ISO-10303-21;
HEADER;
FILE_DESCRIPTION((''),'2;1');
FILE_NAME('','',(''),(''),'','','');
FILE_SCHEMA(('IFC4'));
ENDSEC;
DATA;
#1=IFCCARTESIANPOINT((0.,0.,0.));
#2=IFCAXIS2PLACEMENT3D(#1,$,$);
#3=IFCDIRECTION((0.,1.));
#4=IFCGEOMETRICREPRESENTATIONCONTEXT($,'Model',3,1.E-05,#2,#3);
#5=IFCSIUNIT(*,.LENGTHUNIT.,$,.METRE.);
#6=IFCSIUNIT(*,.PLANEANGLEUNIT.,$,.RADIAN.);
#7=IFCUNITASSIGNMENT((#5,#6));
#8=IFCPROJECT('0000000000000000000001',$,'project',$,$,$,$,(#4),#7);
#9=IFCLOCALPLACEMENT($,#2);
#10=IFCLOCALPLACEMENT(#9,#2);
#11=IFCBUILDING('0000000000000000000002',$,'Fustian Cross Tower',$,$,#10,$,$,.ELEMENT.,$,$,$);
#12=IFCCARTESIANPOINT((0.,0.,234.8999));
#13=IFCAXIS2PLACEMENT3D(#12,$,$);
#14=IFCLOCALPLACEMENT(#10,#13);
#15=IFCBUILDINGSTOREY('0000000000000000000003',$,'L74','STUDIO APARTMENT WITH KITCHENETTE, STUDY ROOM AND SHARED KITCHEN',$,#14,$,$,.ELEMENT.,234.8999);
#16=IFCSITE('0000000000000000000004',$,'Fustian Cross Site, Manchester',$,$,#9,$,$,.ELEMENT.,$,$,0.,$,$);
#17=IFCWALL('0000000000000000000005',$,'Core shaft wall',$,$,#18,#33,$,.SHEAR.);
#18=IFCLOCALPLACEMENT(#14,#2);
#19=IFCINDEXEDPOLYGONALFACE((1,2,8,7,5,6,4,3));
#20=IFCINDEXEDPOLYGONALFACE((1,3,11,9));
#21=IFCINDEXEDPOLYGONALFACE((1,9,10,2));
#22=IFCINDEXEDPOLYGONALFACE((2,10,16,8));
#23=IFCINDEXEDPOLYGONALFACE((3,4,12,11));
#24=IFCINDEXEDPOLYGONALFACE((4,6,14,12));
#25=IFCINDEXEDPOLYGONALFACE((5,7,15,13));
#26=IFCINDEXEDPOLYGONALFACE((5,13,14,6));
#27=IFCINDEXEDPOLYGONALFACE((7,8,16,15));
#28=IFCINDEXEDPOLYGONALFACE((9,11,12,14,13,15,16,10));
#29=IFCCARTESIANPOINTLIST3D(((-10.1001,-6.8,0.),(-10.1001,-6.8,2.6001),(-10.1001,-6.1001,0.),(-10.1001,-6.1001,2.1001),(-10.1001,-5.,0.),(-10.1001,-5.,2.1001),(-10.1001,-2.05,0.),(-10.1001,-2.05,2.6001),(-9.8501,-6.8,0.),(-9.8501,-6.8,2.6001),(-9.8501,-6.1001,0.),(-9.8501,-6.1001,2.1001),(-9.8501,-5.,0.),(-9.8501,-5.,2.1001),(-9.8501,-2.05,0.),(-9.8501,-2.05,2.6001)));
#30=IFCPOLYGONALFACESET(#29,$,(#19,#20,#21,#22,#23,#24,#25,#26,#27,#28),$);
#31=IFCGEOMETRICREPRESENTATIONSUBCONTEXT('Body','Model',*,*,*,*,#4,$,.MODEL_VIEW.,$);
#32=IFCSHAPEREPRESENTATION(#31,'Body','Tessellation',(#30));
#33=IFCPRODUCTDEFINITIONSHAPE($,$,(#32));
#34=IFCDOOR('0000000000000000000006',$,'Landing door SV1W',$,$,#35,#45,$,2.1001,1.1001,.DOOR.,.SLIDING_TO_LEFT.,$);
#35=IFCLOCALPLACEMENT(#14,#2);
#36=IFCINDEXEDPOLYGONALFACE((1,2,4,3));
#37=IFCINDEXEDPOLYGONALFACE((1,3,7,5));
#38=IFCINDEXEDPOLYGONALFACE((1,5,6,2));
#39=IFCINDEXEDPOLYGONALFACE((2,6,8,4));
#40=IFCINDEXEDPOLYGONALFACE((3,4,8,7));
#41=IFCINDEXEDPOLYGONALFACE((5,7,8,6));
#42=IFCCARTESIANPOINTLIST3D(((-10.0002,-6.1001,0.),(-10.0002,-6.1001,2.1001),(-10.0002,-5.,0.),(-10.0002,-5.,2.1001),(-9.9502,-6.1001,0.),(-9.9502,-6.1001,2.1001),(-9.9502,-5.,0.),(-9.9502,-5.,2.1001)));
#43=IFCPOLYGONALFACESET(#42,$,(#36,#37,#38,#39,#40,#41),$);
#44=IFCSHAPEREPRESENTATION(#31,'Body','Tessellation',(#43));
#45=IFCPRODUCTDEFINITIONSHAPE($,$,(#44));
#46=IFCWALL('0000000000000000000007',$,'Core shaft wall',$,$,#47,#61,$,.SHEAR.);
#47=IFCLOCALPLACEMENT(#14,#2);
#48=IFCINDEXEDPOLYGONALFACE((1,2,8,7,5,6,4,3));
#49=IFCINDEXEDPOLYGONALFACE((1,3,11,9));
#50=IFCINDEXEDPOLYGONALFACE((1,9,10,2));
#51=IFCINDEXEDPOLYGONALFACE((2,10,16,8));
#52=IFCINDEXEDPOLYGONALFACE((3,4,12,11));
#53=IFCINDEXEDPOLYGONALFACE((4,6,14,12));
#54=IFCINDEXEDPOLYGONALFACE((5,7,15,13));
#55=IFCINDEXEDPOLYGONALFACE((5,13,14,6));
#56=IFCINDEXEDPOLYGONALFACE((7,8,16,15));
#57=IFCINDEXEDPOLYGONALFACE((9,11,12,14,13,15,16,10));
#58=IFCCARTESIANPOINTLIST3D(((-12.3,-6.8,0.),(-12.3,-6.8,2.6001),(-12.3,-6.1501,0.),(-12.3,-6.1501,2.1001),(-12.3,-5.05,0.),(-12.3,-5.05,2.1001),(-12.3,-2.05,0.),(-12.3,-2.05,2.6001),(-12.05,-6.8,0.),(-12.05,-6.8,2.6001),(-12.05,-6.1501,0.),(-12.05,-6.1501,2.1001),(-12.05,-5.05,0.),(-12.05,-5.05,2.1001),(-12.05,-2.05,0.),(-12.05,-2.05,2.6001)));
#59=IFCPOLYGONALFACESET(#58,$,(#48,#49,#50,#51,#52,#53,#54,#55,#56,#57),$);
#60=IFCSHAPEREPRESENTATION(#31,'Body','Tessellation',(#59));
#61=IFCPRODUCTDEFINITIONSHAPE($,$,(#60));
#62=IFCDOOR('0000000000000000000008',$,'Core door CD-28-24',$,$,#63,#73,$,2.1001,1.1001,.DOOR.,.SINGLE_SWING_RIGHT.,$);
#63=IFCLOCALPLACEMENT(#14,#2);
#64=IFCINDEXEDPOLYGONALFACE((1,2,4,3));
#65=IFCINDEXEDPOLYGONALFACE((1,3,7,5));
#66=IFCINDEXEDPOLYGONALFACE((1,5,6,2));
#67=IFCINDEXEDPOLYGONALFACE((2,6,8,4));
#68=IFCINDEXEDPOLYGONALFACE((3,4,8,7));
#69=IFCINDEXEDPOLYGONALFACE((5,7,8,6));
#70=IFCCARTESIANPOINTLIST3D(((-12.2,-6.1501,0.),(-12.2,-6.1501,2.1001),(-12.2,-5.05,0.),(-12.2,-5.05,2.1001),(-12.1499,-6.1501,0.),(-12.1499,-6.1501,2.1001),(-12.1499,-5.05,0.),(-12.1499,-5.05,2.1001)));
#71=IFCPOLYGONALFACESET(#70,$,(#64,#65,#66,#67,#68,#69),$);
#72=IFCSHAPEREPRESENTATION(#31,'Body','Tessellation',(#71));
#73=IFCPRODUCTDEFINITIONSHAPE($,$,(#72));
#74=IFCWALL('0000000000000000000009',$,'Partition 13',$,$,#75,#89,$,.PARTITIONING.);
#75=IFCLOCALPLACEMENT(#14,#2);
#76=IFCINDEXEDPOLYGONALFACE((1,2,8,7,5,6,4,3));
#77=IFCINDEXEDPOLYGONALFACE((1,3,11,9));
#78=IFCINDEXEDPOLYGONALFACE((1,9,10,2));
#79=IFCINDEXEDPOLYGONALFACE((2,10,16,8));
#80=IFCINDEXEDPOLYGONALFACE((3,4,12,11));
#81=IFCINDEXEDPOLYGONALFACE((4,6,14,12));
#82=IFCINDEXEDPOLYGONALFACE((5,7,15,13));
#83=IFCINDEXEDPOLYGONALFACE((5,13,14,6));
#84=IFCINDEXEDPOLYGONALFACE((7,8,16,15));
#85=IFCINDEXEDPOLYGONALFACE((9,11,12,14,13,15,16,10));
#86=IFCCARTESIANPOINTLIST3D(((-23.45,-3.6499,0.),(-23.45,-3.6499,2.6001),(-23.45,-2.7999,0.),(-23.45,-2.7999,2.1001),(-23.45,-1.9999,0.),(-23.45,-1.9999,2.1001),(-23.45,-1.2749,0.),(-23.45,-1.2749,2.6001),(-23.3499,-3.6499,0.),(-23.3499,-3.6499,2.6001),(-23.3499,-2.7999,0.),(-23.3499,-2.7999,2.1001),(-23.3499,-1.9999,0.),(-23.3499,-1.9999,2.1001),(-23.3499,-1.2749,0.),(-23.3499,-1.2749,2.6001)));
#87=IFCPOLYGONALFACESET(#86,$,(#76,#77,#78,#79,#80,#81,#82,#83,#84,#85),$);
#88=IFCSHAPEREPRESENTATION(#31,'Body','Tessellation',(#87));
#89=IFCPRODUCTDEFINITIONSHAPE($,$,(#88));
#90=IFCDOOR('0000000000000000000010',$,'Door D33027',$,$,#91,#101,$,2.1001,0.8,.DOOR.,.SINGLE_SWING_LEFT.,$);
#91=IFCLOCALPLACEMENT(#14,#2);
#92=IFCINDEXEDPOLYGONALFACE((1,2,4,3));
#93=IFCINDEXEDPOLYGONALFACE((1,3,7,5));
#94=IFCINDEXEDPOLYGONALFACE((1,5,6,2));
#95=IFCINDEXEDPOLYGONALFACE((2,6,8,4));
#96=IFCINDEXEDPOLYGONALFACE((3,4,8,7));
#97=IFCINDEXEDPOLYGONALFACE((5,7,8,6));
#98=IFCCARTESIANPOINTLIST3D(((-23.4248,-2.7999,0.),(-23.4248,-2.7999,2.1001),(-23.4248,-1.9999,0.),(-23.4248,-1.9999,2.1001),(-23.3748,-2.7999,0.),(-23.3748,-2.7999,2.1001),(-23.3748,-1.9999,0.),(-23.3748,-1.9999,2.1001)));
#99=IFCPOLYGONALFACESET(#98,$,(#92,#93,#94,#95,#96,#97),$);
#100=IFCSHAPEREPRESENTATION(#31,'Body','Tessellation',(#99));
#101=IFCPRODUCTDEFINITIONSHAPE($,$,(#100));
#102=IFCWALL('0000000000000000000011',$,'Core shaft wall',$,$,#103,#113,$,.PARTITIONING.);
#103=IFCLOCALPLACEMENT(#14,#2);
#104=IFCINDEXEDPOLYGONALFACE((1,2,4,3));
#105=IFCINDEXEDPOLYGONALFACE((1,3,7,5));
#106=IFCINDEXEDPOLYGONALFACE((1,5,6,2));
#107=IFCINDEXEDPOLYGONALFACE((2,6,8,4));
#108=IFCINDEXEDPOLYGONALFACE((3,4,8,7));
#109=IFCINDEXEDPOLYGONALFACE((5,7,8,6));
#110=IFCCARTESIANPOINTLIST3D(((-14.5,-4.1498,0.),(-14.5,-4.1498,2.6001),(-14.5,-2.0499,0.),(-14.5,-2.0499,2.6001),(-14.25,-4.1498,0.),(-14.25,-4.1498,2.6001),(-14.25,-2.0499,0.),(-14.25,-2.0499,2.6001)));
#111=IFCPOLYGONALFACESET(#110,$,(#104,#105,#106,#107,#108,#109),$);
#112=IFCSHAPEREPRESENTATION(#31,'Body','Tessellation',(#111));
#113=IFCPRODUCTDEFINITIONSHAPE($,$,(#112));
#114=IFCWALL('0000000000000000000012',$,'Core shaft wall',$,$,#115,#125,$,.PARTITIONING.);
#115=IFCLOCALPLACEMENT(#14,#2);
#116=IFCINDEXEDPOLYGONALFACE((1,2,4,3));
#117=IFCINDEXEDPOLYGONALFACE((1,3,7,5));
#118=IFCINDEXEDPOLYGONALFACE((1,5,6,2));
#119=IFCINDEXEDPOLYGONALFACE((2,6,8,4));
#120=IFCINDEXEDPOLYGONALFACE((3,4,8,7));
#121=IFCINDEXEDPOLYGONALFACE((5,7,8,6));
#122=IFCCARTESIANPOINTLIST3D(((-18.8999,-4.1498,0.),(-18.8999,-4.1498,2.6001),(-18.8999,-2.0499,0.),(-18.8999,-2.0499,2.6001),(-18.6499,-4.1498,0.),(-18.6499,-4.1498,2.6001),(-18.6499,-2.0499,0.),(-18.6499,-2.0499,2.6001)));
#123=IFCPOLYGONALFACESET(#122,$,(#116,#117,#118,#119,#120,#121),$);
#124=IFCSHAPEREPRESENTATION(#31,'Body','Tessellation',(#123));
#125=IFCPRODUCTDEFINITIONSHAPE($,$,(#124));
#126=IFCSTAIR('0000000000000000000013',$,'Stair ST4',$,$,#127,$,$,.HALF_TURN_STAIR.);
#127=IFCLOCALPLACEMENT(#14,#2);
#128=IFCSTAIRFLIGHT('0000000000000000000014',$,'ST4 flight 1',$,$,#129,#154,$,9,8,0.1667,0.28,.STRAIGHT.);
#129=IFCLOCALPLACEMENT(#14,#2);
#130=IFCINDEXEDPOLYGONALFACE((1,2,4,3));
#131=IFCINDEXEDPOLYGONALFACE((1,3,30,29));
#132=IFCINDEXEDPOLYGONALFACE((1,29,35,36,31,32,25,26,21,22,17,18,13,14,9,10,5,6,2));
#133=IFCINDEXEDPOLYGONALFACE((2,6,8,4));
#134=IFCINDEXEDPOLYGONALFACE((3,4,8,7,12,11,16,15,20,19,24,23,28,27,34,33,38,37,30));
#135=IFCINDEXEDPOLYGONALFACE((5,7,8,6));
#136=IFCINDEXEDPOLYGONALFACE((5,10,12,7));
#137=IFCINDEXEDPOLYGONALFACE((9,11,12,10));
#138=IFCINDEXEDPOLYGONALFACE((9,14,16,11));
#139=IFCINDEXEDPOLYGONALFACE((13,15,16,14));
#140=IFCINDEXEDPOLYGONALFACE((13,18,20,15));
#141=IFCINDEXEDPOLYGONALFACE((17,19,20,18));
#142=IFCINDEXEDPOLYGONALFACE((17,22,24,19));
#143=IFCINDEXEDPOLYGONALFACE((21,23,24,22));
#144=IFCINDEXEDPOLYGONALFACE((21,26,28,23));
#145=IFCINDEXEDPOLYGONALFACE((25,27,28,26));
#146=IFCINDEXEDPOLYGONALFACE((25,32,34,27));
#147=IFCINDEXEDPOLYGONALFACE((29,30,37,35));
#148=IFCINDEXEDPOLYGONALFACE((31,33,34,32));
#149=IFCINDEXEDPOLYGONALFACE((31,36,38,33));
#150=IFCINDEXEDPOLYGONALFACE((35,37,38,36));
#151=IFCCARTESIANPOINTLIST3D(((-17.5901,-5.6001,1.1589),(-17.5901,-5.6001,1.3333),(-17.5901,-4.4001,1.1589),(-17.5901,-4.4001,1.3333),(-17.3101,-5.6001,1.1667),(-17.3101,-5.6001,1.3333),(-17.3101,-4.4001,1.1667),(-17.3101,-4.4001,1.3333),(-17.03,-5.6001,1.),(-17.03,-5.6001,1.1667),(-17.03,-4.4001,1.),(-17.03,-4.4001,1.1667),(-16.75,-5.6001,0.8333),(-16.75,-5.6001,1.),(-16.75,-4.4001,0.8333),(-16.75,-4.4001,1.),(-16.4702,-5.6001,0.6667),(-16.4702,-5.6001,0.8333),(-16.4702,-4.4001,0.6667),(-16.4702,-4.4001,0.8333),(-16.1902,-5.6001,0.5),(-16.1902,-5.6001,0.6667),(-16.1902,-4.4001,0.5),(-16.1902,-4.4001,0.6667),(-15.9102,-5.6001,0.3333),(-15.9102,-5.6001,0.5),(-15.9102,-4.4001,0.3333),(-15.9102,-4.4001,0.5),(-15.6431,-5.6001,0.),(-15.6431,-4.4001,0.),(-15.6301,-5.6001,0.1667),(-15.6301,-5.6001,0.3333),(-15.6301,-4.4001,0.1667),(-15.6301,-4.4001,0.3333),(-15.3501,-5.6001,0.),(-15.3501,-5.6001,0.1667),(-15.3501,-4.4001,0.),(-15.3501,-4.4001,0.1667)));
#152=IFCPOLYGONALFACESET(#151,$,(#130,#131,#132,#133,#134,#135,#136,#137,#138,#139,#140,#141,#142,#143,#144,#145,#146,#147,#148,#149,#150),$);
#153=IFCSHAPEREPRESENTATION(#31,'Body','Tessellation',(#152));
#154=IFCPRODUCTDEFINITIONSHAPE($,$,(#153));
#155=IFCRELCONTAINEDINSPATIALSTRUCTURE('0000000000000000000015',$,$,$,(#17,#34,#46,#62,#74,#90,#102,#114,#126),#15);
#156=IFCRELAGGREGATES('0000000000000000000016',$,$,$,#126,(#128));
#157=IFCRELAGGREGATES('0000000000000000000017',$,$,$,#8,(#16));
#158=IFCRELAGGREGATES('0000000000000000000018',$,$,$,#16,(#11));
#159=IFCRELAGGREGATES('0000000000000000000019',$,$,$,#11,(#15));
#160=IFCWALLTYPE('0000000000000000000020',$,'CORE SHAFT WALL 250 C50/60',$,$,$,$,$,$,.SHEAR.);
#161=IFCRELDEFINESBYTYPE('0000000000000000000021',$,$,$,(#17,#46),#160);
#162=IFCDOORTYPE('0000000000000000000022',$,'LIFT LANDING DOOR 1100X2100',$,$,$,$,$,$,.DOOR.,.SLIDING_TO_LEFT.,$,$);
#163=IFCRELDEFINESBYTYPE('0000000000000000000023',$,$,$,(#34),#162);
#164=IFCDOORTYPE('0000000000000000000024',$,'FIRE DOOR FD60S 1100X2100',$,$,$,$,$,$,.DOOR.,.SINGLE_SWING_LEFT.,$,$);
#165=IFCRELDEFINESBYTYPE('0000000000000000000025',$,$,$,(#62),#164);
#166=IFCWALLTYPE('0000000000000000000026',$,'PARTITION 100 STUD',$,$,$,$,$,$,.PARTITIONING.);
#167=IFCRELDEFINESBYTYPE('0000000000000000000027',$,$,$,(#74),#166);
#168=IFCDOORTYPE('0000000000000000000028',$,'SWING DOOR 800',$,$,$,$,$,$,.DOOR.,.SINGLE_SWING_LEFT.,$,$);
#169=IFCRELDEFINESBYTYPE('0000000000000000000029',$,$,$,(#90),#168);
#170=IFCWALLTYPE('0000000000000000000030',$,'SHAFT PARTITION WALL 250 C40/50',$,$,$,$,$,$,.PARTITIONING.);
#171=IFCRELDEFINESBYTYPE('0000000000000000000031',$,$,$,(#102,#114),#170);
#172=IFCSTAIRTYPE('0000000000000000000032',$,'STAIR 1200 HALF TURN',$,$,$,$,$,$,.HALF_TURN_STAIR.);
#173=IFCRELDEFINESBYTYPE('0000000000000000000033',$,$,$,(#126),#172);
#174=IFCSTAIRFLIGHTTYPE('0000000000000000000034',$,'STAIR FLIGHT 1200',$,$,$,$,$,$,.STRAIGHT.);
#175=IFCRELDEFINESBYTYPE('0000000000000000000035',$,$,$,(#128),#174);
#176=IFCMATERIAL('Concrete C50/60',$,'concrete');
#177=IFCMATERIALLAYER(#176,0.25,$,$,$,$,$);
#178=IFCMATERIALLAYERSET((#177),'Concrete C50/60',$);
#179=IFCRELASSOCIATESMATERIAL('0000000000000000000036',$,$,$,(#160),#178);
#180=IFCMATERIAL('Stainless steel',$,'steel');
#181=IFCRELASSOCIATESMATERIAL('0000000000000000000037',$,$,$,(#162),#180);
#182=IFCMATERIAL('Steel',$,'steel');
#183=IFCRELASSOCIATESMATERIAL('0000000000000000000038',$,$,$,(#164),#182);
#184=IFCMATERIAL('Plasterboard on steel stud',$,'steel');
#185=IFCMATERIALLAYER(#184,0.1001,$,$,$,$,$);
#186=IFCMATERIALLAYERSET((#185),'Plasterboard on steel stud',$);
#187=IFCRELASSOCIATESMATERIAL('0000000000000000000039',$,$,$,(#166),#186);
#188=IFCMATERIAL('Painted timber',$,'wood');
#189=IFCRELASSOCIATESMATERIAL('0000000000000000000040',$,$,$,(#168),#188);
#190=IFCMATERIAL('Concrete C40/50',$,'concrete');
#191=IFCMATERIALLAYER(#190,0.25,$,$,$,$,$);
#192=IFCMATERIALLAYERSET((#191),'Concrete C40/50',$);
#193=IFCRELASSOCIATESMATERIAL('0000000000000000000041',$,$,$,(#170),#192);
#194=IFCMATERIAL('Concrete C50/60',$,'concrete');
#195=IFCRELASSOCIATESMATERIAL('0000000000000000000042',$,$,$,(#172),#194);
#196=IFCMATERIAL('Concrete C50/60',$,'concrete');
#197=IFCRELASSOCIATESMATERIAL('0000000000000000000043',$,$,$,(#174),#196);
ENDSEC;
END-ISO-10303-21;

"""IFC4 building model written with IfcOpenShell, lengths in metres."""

from ifc_helpers import new_model, si_unit, direction, frame, frame_2d, origin, place, context, subcontext, project, spatial, polyline, rectangle, outline, extrude, material, layer, layer_set, type_object, element, fill, aggregate, save


model = new_model("IFC4")

# Units and contexts
model_context = context("Model", 3, precision=1e-05, world=origin(), true_north=direction((0.0, 1.0)))
body_context = subcontext(model_context, "Body", "Model", "MODEL_VIEW")
ifc_project = project(units=[si_unit("LENGTHUNIT", "METRE"), si_unit("PLANEANGLEUNIT", "RADIAN")], contexts=[model_context])

# Site, building, storey
site_placement = place(None, origin())
site = spatial("IfcSite", under=ifc_project, at=site_placement, Name="Fustian Cross Site, Manchester", CompositionType="ELEMENT", RefElevation=0.0)
building_placement = place(site_placement, origin())
building = spatial("IfcBuilding", under=site, at=building_placement, Name="Fustian Cross Tower", CompositionType="ELEMENT")
storey_placement = place(building_placement, frame((0.0, 0.0, 234.8999)))
storey = spatial("IfcBuildingStorey", under=building, at=storey_placement, Name="L74", Description="STUDIO APARTMENT WITH KITCHENETTE, STUDY ROOM AND SHARED KITCHEN", CompositionType="ELEMENT", Elevation=234.8999)

# Shared definitions
ifc_material_1 = material(Name="Concrete C50/60", Category="concrete")
ifc_layer_1 = layer(ifc_material_1, 0.25)
ifc_layer_set_1 = layer_set([ifc_layer_1], Name="Concrete C50/60")
wall_type_1 = type_object("IfcWallType", Name="CORE SHAFT WALL 250 C50/60", PredefinedType="SHEAR", material=ifc_layer_set_1)

# Walls, openings, doors
wall_1_placement = place(storey_placement, frame((-9.9751, -2.05, 0.0), z_axis=(0.0, 0.0, 1.0), x_axis=(0.0, -1.0, 0.0)))
wall_1 = element("IfcWall", 1, at=wall_1_placement, inside=storey, type_object=wall_type_1, Name="Core shaft wall", PredefinedType="SHEAR", context=body_context, shape_type="SweptSolid", body=[
    extrude(rectangle(XDim=4.75, YDim=0.25, at=frame_2d((2.375, 0.0))), origin(), (0.0, 0.0, 1.0), 2.6001),
])
opening_1_placement = place(wall_1_placement, frame((2.95, 0.0, 0.0)))
opening_1 = element("IfcOpeningElement", 2, at=opening_1_placement, cuts=wall_1, PredefinedType="OPENING", context=body_context, shape_type="SweptSolid", body=[
    extrude(rectangle(XDim=1.1001, YDim=2.1001, at=frame_2d((0.55, 1.05))), frame((0.0, 0.135, 0.0), z_axis=(0.0, -1.0, 0.0), x_axis=(1.0, 0.0, 0.0)), (0.0, 0.0, 1.0), 0.27),
])
ifc_material_2 = material(Name="Stainless steel", Category="steel")
door_type_1 = type_object("IfcDoorType", Name="LIFT LANDING DOOR 1100X2100", OperationType="SLIDING_TO_LEFT", PredefinedType="DOOR", material=ifc_material_2)
door_1_placement = place(opening_1_placement, origin())
door_1 = element("IfcDoor", 3, at=door_1_placement, inside=storey, type_object=door_type_1, Name="Landing door SV1W", OperationType="SLIDING_TO_LEFT", OverallHeight=2.1001, OverallWidth=1.1001, PredefinedType="DOOR", context=body_context, shape_type="SweptSolid", body=[
    extrude(rectangle(XDim=1.1001, YDim=2.1001, at=frame_2d((0.55, 1.05))), frame((0.0, 0.0249, 0.0), z_axis=(0.0, -1.0, 0.0), x_axis=(1.0, 0.0, 0.0)), (0.0, 0.0, 1.0), 0.05),
])
fill(opening_1, door_1)
wall_2_placement = place(storey_placement, frame((-12.175, -2.05, 0.0), z_axis=(0.0, 0.0, 1.0), x_axis=(0.0, -1.0, 0.0)))
wall_2 = element("IfcWall", 4, at=wall_2_placement, inside=storey, type_object=wall_type_1, Name="Core shaft wall", PredefinedType="SHEAR", context=body_context, shape_type="SweptSolid", body=[
    extrude(rectangle(XDim=4.75, YDim=0.25, at=frame_2d((2.375, 0.0))), origin(), (0.0, 0.0, 1.0), 2.6001),
])
opening_2_placement = place(wall_2_placement, frame((3.0, 0.0, 0.0)))
opening_2 = element("IfcOpeningElement", 5, at=opening_2_placement, cuts=wall_2, PredefinedType="OPENING", context=body_context, shape_type="SweptSolid", body=[
    extrude(rectangle(XDim=1.1001, YDim=2.1001, at=frame_2d((0.55, 1.05))), frame((0.0, 0.135, 0.0), z_axis=(0.0, -1.0, 0.0), x_axis=(1.0, 0.0, 0.0)), (0.0, 0.0, 1.0), 0.27),
])
ifc_material_3 = material(Name="Steel", Category="steel")
door_type_2 = type_object("IfcDoorType", Name="FIRE DOOR FD60S 1100X2100", OperationType="SINGLE_SWING_LEFT", PredefinedType="DOOR", material=ifc_material_3)
door_2_placement = place(opening_2_placement, frame((1.1001, 0.0, 0.0), z_axis=(0.0, 0.0, 1.0), x_axis=(-1.0, 0.0, 0.0)))
door_2 = element("IfcDoor", 6, at=door_2_placement, inside=storey, type_object=door_type_2, Name="Core door CD-28-24", OperationType="SINGLE_SWING_RIGHT", OverallHeight=2.1001, OverallWidth=1.1001, PredefinedType="DOOR", context=body_context, shape_type="SweptSolid", body=[
    extrude(rectangle(XDim=1.1001, YDim=2.1001, at=frame_2d((0.55, 1.05))), frame((0.0, 0.0249, 0.0), z_axis=(0.0, -1.0, 0.0), x_axis=(1.0, 0.0, 0.0)), (0.0, 0.0, 1.0), 0.05),
])
fill(opening_2, door_2)
ifc_material_4 = material(Name="Plasterboard on steel stud", Category="steel")
ifc_layer_2 = layer(ifc_material_4, 0.1001)
ifc_layer_set_2 = layer_set([ifc_layer_2], Name="Plasterboard on steel stud")
wall_type_2 = type_object("IfcWallType", Name="PARTITION 100 STUD", PredefinedType="PARTITIONING", material=ifc_layer_set_2)
wall_3_placement = place(storey_placement, frame((-23.3999, -3.6499, 0.0), z_axis=(0.0, 0.0, 1.0), x_axis=(0.0, 1.0, 0.0)))
wall_3 = element("IfcWall", 7, at=wall_3_placement, inside=storey, type_object=wall_type_2, Name="Partition 13", PredefinedType="PARTITIONING", context=body_context, shape_type="SweptSolid", body=[
    extrude(rectangle(XDim=2.375, YDim=0.1001, at=frame_2d((1.1875, 0.0))), origin(), (0.0, 0.0, 1.0), 2.6001),
])
opening_3_placement = place(wall_3_placement, frame((0.8501, 0.0, 0.0)))
opening_3 = element("IfcOpeningElement", 8, at=opening_3_placement, cuts=wall_3, PredefinedType="OPENING", context=body_context, shape_type="SweptSolid", body=[
    extrude(rectangle(XDim=0.8, YDim=2.1001, at=frame_2d((0.3999, 1.05))), frame((0.0, 0.0601, 0.0), z_axis=(0.0, -1.0, 0.0), x_axis=(1.0, 0.0, 0.0)), (0.0, 0.0, 1.0), 0.1201),
])
ifc_material_5 = material(Name="Painted timber", Category="wood")
door_type_3 = type_object("IfcDoorType", Name="SWING DOOR 800", OperationType="SINGLE_SWING_LEFT", PredefinedType="DOOR", material=ifc_material_5)
door_3_placement = place(opening_3_placement, origin())
door_3 = element("IfcDoor", 9, at=door_3_placement, inside=storey, type_object=door_type_3, Name="Door D33027", OperationType="SINGLE_SWING_LEFT", OverallHeight=2.1001, OverallWidth=0.8, PredefinedType="DOOR", context=body_context, shape_type="SweptSolid", body=[
    extrude(rectangle(XDim=0.8, YDim=2.1001, at=frame_2d((0.3999, 1.05))), frame((0.0, 0.0249, 0.0), z_axis=(0.0, -1.0, 0.0), x_axis=(1.0, 0.0, 0.0)), (0.0, 0.0, 1.0), 0.05),
])
fill(opening_3, door_3)

# Walls
ifc_material_6 = material(Name="Concrete C40/50", Category="concrete")
ifc_layer_3 = layer(ifc_material_6, 0.25)
ifc_layer_set_3 = layer_set([ifc_layer_3], Name="Concrete C40/50")
wall_type_3 = type_object("IfcWallType", Name="SHAFT PARTITION WALL 250 C40/50", PredefinedType="PARTITIONING", material=ifc_layer_set_3)
for number, where, z_axis, x_axis, name in (
    (10, (-14.375, -2.05, 0.0), (0.0, 0.0, 1.0), (0.0, -1.0, 0.0), "Core shaft wall"),
    (11, (-18.7749, -2.05, 0.0), (0.0, 0.0, 1.0), (0.0, -1.0, 0.0), "Core shaft wall"),
):
    element("IfcWall", number, at=place(storey_placement, frame(where, z_axis=z_axis, x_axis=x_axis)), inside=storey, type_object=wall_type_3, Name=name, PredefinedType="PARTITIONING", context=body_context, shape_type="SweptSolid", body=[
        extrude(rectangle(XDim=2.0999, YDim=0.25, at=frame_2d((1.0498, 0.0))), origin(), (0.0, 0.0, 1.0), 2.6001),
    ])

# Stair, stair flight
ifc_material_7 = material(Name="Concrete C50/60", Category="concrete")
stair_type = type_object("IfcStairType", Name="STAIR 1200 HALF TURN", PredefinedType="HALF_TURN_STAIR", material=ifc_material_7)
stair_placement = place(storey_placement, origin())
stair = element("IfcStair", 12, at=stair_placement, inside=storey, type_object=stair_type, Name="Stair ST4", PredefinedType="HALF_TURN_STAIR")
ifc_material_8 = material(Name="Concrete C50/60", Category="concrete")
stair_flight_type = type_object("IfcStairFlightType", Name="STAIR FLIGHT 1200", PredefinedType="STRAIGHT", material=ifc_material_8)
stair_flight_1_placement = place(storey_placement, frame((-15.3501, -5.0, 0.0), z_axis=(0.0, 0.0, 1.0), x_axis=(-1.0, 0.0, 0.0)))
stair_flight_1 = element("IfcStairFlight", 13, at=stair_flight_1_placement, type_object=stair_flight_type, Name="ST4 flight 1", NumberOfRisers=9, NumberOfTreads=8, PredefinedType="STRAIGHT", RiserHeight=0.1667, TreadLength=0.28, context=body_context, shape_type="SweptSolid", body=[
    extrude(outline(polyline([(0.0, 0.0), (0.0, 0.1667), (0.28, 0.1667), (0.28, 0.3333), (0.5601, 0.3333), (0.5601, 0.5), (0.8401, 0.5), (0.8401, 0.6667), (1.1201, 0.6667), (1.1201, 0.8333), (1.3999, 0.8333), (1.3999, 1.0), (1.6799, 1.0), (1.6799, 1.1667), (1.96, 1.1667), (1.96, 1.3333), (2.24, 1.3333), (2.24, 1.5), (2.24, 1.1589), (0.293, 0.0), (0.0, 0.0)])), frame((0.0, 0.6001, 0.0), z_axis=(0.0, -1.0, 0.0), x_axis=(1.0, 0.0, 0.0)), (0.0, 0.0, 1.0), 1.2),
])
aggregate(stair, [stair_flight_1])

save(model, "model.ifc")
